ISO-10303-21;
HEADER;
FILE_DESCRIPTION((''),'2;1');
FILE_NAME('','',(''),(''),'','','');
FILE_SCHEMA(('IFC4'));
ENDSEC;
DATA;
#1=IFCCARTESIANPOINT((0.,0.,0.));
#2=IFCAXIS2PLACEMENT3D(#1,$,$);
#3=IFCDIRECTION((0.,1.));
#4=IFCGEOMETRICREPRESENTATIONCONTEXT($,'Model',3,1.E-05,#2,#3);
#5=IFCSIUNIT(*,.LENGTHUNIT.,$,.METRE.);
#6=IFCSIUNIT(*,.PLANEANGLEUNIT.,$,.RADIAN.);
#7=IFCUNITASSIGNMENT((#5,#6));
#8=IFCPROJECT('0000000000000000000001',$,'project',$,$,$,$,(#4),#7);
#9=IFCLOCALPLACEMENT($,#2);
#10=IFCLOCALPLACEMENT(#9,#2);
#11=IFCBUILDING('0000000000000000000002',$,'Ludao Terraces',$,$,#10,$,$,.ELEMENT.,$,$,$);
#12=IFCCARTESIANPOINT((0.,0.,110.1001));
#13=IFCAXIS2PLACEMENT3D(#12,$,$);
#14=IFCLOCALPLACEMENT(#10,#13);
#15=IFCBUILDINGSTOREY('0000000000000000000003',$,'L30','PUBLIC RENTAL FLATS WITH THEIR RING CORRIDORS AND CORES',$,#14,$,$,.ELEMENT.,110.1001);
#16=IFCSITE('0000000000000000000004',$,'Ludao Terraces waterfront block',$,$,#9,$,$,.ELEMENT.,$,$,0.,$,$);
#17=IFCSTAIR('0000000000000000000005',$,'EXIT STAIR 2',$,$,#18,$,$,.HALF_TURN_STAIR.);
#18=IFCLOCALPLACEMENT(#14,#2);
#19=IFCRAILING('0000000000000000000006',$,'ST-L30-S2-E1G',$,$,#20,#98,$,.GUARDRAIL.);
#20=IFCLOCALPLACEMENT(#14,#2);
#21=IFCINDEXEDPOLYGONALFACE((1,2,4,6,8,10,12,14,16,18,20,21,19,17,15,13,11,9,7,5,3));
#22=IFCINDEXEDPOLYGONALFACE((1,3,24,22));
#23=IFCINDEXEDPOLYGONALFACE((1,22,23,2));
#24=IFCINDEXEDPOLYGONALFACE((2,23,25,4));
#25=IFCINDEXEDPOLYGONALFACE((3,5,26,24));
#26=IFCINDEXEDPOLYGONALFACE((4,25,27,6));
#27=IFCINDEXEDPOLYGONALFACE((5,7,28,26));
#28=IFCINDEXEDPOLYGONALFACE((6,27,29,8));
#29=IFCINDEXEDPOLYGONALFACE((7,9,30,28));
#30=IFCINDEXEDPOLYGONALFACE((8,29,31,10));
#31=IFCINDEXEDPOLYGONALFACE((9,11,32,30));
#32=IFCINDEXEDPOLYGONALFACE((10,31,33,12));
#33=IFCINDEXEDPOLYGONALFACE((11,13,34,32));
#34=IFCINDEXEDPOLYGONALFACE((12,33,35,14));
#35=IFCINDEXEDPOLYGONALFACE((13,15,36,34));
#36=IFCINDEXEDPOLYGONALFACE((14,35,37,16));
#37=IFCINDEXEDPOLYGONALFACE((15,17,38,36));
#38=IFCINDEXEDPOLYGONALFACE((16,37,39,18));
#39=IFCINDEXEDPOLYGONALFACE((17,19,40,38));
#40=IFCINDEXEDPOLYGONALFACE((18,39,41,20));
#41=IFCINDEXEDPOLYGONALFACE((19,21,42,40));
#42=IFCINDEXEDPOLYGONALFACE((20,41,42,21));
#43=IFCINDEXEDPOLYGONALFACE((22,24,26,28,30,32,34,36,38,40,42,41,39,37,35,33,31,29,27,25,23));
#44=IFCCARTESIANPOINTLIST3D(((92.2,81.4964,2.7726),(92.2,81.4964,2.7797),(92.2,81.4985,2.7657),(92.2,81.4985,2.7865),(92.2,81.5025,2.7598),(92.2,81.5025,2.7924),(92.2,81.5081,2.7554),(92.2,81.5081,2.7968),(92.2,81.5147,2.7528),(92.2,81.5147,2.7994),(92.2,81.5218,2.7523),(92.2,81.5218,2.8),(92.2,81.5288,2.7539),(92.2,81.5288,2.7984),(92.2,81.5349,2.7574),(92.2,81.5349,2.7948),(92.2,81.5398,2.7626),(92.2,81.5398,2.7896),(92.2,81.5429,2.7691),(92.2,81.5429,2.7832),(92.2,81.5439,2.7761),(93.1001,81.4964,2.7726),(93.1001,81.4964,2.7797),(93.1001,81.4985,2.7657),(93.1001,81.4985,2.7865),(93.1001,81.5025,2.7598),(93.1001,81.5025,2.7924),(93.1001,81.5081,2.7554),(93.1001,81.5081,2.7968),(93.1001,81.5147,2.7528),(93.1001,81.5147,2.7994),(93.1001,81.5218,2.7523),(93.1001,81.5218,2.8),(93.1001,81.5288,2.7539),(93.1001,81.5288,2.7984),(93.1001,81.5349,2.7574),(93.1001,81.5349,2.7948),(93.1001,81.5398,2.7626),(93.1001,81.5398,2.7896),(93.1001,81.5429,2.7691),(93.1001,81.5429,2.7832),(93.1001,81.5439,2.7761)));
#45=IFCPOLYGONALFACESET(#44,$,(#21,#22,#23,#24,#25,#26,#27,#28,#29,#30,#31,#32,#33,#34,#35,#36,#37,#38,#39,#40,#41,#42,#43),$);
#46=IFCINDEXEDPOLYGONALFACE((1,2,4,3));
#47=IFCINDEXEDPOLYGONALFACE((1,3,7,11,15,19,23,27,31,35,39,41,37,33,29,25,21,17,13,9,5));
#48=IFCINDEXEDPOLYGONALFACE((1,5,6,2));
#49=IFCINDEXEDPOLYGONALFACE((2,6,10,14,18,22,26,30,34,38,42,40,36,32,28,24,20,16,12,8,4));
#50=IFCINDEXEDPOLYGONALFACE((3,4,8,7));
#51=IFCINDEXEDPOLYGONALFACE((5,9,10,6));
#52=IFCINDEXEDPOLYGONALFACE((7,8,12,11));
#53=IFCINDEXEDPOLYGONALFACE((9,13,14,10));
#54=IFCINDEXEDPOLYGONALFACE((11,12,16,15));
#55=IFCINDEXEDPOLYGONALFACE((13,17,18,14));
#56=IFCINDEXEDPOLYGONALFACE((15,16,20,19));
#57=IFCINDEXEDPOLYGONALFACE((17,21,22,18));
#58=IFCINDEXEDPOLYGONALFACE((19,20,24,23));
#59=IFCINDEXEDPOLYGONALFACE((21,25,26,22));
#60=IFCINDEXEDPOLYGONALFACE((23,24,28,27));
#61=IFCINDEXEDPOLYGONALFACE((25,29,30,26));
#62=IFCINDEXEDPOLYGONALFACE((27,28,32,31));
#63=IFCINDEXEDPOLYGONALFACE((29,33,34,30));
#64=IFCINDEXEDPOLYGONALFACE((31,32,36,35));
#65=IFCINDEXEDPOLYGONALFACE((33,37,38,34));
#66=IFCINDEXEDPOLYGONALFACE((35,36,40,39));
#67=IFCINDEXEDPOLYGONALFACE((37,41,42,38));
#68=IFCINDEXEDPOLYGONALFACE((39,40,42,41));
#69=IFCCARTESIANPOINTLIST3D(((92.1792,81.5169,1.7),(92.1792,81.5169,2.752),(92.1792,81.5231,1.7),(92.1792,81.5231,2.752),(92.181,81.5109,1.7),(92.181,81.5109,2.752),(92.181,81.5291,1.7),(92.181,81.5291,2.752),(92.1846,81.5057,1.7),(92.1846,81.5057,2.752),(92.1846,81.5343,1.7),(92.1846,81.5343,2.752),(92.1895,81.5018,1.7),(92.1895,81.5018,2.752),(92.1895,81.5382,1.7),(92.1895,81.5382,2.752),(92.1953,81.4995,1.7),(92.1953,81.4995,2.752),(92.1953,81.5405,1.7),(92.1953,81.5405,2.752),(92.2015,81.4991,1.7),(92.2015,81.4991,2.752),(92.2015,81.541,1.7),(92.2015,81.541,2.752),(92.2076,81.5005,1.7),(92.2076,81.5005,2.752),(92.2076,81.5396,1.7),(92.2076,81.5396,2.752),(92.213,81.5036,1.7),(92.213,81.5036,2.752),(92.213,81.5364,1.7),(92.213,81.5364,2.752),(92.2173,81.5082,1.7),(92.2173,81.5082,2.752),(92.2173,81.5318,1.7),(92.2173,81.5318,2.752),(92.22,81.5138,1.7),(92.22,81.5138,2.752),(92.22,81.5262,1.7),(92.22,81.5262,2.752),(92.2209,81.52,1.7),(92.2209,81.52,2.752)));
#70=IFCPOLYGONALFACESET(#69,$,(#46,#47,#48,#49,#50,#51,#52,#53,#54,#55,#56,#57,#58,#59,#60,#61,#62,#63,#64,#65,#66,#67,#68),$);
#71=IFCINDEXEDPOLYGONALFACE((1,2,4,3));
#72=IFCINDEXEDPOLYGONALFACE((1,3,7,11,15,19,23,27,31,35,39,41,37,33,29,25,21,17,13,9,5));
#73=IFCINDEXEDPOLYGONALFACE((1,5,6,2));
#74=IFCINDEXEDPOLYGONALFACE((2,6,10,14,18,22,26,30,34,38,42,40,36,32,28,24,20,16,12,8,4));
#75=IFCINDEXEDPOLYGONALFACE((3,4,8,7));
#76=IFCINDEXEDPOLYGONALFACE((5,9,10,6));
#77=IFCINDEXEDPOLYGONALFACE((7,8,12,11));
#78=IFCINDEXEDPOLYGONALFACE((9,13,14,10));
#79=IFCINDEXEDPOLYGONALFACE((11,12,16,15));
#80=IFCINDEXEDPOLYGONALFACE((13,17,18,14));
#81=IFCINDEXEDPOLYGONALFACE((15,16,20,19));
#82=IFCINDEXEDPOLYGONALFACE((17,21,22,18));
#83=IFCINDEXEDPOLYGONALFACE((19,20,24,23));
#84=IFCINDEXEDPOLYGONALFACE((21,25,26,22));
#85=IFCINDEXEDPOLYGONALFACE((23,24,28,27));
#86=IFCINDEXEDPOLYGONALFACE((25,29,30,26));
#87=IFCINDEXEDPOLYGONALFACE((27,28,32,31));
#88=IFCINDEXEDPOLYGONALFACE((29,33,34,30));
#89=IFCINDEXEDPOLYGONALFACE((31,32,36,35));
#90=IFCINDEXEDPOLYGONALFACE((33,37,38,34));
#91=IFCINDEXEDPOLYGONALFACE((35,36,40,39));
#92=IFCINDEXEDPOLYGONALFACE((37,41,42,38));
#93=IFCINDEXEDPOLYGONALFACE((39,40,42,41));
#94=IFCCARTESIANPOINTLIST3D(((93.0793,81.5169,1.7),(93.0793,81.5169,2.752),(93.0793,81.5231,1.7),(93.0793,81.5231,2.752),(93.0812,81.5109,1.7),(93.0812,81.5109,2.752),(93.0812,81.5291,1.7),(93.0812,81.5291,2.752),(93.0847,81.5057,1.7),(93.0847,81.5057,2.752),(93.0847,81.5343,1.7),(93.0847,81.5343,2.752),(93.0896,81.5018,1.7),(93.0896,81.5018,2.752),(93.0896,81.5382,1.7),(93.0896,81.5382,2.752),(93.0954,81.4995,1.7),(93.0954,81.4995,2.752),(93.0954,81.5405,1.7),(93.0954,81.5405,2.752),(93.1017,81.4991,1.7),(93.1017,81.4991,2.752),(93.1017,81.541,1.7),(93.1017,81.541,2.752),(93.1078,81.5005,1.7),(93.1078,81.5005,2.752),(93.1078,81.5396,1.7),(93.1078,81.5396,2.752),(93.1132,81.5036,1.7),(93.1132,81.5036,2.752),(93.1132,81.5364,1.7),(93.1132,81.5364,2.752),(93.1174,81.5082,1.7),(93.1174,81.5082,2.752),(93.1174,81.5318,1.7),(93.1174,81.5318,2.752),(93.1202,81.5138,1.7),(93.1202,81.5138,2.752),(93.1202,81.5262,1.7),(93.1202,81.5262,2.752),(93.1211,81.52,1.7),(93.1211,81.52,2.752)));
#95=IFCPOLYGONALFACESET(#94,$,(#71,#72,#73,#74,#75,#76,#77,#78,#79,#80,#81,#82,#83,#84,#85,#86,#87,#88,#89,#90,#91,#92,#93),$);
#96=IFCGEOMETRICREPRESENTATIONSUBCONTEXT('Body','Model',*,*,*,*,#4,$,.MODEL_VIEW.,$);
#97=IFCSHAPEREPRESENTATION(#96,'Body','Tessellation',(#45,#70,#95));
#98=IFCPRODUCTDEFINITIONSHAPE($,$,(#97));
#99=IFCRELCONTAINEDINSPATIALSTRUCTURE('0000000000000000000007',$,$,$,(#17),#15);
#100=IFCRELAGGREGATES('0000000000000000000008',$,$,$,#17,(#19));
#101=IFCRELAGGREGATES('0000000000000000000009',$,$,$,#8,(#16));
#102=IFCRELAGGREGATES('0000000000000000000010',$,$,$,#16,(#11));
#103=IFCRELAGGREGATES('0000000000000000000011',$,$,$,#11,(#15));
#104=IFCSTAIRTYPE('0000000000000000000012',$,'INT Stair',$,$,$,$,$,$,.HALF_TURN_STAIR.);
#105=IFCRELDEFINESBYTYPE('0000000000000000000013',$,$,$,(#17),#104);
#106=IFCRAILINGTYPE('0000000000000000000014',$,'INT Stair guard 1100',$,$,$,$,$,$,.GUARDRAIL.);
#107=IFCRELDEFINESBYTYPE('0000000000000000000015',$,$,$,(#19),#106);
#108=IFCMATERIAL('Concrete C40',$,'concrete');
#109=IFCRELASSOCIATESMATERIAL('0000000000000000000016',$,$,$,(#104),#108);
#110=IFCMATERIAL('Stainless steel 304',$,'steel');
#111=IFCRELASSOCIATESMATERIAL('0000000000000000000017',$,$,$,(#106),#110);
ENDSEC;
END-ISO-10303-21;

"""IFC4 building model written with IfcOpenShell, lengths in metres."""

from ifc_helpers import new_model, si_unit, direction, frame, origin, origin_2d, place, context, subcontext, project, spatial, circle, extrude, material, type_object, element, aggregate, save


model = new_model("IFC4")

# Units and contexts
model_context = context("Model", 3, precision=1e-05, world=origin(), true_north=direction((0.0, 1.0)))
body_context = subcontext(model_context, "Body", "Model", "MODEL_VIEW")
ifc_project = project(units=[si_unit("LENGTHUNIT", "METRE"), si_unit("PLANEANGLEUNIT", "RADIAN")], contexts=[model_context])

# Site, building, storey
site_placement = place(None, origin())
site = spatial("IfcSite", under=ifc_project, at=site_placement, Name="Ludao Terraces waterfront block", CompositionType="ELEMENT", RefElevation=0.0)
building_placement = place(site_placement, origin())
building = spatial("IfcBuilding", under=site, at=building_placement, Name="Ludao Terraces", CompositionType="ELEMENT")
storey_placement = place(building_placement, frame((0.0, 0.0, 110.1001)))
storey = spatial("IfcBuildingStorey", under=building, at=storey_placement, Name="L30", Description="PUBLIC RENTAL FLATS WITH THEIR RING CORRIDORS AND CORES", CompositionType="ELEMENT", Elevation=110.1001)

# Stair, railing
ifc_material_1 = material(Name="Concrete C40", Category="concrete")
stair_type = type_object("IfcStairType", Name="INT Stair", PredefinedType="HALF_TURN_STAIR", material=ifc_material_1)
stair_placement = place(storey_placement, origin())
stair = element("IfcStair", 1, at=stair_placement, inside=storey, type_object=stair_type, Name="EXIT STAIR 2", PredefinedType="HALF_TURN_STAIR")
ifc_material_2 = material(Name="Stainless steel 304", Category="steel")
railing_type_1 = type_object("IfcRailingType", Name="INT Stair guard 1100", PredefinedType="GUARDRAIL", material=ifc_material_2)
railing_1_placement = place(storey_placement, frame((92.2, 81.52, 1.7)))
railing_1 = element("IfcRailing", 2, at=railing_1_placement, type_object=railing_type_1, Name="ST-L30-S2-E1G", PredefinedType="GUARDRAIL", context=body_context, shape_type="SweptSolid", body=[
    extrude(circle(Radius=0.0239, at=origin_2d()), frame((0.0, 0.0, 1.0762), z_axis=(1.0, 0.0, 0.0), x_axis=(0.0, 1.0, 0.0)), (0.0, 0.0, 1.0), 0.9001),
    extrude(circle(Radius=0.021, at=origin_2d()), origin(), (0.0, 0.0, 1.0), 1.052),
    extrude(circle(Radius=0.021, at=origin_2d()), frame((0.9001, 0.0, 0.0)), (0.0, 0.0, 1.0), 1.052),
])
aggregate(stair, [railing_1])

save(model, "model.ifc")
